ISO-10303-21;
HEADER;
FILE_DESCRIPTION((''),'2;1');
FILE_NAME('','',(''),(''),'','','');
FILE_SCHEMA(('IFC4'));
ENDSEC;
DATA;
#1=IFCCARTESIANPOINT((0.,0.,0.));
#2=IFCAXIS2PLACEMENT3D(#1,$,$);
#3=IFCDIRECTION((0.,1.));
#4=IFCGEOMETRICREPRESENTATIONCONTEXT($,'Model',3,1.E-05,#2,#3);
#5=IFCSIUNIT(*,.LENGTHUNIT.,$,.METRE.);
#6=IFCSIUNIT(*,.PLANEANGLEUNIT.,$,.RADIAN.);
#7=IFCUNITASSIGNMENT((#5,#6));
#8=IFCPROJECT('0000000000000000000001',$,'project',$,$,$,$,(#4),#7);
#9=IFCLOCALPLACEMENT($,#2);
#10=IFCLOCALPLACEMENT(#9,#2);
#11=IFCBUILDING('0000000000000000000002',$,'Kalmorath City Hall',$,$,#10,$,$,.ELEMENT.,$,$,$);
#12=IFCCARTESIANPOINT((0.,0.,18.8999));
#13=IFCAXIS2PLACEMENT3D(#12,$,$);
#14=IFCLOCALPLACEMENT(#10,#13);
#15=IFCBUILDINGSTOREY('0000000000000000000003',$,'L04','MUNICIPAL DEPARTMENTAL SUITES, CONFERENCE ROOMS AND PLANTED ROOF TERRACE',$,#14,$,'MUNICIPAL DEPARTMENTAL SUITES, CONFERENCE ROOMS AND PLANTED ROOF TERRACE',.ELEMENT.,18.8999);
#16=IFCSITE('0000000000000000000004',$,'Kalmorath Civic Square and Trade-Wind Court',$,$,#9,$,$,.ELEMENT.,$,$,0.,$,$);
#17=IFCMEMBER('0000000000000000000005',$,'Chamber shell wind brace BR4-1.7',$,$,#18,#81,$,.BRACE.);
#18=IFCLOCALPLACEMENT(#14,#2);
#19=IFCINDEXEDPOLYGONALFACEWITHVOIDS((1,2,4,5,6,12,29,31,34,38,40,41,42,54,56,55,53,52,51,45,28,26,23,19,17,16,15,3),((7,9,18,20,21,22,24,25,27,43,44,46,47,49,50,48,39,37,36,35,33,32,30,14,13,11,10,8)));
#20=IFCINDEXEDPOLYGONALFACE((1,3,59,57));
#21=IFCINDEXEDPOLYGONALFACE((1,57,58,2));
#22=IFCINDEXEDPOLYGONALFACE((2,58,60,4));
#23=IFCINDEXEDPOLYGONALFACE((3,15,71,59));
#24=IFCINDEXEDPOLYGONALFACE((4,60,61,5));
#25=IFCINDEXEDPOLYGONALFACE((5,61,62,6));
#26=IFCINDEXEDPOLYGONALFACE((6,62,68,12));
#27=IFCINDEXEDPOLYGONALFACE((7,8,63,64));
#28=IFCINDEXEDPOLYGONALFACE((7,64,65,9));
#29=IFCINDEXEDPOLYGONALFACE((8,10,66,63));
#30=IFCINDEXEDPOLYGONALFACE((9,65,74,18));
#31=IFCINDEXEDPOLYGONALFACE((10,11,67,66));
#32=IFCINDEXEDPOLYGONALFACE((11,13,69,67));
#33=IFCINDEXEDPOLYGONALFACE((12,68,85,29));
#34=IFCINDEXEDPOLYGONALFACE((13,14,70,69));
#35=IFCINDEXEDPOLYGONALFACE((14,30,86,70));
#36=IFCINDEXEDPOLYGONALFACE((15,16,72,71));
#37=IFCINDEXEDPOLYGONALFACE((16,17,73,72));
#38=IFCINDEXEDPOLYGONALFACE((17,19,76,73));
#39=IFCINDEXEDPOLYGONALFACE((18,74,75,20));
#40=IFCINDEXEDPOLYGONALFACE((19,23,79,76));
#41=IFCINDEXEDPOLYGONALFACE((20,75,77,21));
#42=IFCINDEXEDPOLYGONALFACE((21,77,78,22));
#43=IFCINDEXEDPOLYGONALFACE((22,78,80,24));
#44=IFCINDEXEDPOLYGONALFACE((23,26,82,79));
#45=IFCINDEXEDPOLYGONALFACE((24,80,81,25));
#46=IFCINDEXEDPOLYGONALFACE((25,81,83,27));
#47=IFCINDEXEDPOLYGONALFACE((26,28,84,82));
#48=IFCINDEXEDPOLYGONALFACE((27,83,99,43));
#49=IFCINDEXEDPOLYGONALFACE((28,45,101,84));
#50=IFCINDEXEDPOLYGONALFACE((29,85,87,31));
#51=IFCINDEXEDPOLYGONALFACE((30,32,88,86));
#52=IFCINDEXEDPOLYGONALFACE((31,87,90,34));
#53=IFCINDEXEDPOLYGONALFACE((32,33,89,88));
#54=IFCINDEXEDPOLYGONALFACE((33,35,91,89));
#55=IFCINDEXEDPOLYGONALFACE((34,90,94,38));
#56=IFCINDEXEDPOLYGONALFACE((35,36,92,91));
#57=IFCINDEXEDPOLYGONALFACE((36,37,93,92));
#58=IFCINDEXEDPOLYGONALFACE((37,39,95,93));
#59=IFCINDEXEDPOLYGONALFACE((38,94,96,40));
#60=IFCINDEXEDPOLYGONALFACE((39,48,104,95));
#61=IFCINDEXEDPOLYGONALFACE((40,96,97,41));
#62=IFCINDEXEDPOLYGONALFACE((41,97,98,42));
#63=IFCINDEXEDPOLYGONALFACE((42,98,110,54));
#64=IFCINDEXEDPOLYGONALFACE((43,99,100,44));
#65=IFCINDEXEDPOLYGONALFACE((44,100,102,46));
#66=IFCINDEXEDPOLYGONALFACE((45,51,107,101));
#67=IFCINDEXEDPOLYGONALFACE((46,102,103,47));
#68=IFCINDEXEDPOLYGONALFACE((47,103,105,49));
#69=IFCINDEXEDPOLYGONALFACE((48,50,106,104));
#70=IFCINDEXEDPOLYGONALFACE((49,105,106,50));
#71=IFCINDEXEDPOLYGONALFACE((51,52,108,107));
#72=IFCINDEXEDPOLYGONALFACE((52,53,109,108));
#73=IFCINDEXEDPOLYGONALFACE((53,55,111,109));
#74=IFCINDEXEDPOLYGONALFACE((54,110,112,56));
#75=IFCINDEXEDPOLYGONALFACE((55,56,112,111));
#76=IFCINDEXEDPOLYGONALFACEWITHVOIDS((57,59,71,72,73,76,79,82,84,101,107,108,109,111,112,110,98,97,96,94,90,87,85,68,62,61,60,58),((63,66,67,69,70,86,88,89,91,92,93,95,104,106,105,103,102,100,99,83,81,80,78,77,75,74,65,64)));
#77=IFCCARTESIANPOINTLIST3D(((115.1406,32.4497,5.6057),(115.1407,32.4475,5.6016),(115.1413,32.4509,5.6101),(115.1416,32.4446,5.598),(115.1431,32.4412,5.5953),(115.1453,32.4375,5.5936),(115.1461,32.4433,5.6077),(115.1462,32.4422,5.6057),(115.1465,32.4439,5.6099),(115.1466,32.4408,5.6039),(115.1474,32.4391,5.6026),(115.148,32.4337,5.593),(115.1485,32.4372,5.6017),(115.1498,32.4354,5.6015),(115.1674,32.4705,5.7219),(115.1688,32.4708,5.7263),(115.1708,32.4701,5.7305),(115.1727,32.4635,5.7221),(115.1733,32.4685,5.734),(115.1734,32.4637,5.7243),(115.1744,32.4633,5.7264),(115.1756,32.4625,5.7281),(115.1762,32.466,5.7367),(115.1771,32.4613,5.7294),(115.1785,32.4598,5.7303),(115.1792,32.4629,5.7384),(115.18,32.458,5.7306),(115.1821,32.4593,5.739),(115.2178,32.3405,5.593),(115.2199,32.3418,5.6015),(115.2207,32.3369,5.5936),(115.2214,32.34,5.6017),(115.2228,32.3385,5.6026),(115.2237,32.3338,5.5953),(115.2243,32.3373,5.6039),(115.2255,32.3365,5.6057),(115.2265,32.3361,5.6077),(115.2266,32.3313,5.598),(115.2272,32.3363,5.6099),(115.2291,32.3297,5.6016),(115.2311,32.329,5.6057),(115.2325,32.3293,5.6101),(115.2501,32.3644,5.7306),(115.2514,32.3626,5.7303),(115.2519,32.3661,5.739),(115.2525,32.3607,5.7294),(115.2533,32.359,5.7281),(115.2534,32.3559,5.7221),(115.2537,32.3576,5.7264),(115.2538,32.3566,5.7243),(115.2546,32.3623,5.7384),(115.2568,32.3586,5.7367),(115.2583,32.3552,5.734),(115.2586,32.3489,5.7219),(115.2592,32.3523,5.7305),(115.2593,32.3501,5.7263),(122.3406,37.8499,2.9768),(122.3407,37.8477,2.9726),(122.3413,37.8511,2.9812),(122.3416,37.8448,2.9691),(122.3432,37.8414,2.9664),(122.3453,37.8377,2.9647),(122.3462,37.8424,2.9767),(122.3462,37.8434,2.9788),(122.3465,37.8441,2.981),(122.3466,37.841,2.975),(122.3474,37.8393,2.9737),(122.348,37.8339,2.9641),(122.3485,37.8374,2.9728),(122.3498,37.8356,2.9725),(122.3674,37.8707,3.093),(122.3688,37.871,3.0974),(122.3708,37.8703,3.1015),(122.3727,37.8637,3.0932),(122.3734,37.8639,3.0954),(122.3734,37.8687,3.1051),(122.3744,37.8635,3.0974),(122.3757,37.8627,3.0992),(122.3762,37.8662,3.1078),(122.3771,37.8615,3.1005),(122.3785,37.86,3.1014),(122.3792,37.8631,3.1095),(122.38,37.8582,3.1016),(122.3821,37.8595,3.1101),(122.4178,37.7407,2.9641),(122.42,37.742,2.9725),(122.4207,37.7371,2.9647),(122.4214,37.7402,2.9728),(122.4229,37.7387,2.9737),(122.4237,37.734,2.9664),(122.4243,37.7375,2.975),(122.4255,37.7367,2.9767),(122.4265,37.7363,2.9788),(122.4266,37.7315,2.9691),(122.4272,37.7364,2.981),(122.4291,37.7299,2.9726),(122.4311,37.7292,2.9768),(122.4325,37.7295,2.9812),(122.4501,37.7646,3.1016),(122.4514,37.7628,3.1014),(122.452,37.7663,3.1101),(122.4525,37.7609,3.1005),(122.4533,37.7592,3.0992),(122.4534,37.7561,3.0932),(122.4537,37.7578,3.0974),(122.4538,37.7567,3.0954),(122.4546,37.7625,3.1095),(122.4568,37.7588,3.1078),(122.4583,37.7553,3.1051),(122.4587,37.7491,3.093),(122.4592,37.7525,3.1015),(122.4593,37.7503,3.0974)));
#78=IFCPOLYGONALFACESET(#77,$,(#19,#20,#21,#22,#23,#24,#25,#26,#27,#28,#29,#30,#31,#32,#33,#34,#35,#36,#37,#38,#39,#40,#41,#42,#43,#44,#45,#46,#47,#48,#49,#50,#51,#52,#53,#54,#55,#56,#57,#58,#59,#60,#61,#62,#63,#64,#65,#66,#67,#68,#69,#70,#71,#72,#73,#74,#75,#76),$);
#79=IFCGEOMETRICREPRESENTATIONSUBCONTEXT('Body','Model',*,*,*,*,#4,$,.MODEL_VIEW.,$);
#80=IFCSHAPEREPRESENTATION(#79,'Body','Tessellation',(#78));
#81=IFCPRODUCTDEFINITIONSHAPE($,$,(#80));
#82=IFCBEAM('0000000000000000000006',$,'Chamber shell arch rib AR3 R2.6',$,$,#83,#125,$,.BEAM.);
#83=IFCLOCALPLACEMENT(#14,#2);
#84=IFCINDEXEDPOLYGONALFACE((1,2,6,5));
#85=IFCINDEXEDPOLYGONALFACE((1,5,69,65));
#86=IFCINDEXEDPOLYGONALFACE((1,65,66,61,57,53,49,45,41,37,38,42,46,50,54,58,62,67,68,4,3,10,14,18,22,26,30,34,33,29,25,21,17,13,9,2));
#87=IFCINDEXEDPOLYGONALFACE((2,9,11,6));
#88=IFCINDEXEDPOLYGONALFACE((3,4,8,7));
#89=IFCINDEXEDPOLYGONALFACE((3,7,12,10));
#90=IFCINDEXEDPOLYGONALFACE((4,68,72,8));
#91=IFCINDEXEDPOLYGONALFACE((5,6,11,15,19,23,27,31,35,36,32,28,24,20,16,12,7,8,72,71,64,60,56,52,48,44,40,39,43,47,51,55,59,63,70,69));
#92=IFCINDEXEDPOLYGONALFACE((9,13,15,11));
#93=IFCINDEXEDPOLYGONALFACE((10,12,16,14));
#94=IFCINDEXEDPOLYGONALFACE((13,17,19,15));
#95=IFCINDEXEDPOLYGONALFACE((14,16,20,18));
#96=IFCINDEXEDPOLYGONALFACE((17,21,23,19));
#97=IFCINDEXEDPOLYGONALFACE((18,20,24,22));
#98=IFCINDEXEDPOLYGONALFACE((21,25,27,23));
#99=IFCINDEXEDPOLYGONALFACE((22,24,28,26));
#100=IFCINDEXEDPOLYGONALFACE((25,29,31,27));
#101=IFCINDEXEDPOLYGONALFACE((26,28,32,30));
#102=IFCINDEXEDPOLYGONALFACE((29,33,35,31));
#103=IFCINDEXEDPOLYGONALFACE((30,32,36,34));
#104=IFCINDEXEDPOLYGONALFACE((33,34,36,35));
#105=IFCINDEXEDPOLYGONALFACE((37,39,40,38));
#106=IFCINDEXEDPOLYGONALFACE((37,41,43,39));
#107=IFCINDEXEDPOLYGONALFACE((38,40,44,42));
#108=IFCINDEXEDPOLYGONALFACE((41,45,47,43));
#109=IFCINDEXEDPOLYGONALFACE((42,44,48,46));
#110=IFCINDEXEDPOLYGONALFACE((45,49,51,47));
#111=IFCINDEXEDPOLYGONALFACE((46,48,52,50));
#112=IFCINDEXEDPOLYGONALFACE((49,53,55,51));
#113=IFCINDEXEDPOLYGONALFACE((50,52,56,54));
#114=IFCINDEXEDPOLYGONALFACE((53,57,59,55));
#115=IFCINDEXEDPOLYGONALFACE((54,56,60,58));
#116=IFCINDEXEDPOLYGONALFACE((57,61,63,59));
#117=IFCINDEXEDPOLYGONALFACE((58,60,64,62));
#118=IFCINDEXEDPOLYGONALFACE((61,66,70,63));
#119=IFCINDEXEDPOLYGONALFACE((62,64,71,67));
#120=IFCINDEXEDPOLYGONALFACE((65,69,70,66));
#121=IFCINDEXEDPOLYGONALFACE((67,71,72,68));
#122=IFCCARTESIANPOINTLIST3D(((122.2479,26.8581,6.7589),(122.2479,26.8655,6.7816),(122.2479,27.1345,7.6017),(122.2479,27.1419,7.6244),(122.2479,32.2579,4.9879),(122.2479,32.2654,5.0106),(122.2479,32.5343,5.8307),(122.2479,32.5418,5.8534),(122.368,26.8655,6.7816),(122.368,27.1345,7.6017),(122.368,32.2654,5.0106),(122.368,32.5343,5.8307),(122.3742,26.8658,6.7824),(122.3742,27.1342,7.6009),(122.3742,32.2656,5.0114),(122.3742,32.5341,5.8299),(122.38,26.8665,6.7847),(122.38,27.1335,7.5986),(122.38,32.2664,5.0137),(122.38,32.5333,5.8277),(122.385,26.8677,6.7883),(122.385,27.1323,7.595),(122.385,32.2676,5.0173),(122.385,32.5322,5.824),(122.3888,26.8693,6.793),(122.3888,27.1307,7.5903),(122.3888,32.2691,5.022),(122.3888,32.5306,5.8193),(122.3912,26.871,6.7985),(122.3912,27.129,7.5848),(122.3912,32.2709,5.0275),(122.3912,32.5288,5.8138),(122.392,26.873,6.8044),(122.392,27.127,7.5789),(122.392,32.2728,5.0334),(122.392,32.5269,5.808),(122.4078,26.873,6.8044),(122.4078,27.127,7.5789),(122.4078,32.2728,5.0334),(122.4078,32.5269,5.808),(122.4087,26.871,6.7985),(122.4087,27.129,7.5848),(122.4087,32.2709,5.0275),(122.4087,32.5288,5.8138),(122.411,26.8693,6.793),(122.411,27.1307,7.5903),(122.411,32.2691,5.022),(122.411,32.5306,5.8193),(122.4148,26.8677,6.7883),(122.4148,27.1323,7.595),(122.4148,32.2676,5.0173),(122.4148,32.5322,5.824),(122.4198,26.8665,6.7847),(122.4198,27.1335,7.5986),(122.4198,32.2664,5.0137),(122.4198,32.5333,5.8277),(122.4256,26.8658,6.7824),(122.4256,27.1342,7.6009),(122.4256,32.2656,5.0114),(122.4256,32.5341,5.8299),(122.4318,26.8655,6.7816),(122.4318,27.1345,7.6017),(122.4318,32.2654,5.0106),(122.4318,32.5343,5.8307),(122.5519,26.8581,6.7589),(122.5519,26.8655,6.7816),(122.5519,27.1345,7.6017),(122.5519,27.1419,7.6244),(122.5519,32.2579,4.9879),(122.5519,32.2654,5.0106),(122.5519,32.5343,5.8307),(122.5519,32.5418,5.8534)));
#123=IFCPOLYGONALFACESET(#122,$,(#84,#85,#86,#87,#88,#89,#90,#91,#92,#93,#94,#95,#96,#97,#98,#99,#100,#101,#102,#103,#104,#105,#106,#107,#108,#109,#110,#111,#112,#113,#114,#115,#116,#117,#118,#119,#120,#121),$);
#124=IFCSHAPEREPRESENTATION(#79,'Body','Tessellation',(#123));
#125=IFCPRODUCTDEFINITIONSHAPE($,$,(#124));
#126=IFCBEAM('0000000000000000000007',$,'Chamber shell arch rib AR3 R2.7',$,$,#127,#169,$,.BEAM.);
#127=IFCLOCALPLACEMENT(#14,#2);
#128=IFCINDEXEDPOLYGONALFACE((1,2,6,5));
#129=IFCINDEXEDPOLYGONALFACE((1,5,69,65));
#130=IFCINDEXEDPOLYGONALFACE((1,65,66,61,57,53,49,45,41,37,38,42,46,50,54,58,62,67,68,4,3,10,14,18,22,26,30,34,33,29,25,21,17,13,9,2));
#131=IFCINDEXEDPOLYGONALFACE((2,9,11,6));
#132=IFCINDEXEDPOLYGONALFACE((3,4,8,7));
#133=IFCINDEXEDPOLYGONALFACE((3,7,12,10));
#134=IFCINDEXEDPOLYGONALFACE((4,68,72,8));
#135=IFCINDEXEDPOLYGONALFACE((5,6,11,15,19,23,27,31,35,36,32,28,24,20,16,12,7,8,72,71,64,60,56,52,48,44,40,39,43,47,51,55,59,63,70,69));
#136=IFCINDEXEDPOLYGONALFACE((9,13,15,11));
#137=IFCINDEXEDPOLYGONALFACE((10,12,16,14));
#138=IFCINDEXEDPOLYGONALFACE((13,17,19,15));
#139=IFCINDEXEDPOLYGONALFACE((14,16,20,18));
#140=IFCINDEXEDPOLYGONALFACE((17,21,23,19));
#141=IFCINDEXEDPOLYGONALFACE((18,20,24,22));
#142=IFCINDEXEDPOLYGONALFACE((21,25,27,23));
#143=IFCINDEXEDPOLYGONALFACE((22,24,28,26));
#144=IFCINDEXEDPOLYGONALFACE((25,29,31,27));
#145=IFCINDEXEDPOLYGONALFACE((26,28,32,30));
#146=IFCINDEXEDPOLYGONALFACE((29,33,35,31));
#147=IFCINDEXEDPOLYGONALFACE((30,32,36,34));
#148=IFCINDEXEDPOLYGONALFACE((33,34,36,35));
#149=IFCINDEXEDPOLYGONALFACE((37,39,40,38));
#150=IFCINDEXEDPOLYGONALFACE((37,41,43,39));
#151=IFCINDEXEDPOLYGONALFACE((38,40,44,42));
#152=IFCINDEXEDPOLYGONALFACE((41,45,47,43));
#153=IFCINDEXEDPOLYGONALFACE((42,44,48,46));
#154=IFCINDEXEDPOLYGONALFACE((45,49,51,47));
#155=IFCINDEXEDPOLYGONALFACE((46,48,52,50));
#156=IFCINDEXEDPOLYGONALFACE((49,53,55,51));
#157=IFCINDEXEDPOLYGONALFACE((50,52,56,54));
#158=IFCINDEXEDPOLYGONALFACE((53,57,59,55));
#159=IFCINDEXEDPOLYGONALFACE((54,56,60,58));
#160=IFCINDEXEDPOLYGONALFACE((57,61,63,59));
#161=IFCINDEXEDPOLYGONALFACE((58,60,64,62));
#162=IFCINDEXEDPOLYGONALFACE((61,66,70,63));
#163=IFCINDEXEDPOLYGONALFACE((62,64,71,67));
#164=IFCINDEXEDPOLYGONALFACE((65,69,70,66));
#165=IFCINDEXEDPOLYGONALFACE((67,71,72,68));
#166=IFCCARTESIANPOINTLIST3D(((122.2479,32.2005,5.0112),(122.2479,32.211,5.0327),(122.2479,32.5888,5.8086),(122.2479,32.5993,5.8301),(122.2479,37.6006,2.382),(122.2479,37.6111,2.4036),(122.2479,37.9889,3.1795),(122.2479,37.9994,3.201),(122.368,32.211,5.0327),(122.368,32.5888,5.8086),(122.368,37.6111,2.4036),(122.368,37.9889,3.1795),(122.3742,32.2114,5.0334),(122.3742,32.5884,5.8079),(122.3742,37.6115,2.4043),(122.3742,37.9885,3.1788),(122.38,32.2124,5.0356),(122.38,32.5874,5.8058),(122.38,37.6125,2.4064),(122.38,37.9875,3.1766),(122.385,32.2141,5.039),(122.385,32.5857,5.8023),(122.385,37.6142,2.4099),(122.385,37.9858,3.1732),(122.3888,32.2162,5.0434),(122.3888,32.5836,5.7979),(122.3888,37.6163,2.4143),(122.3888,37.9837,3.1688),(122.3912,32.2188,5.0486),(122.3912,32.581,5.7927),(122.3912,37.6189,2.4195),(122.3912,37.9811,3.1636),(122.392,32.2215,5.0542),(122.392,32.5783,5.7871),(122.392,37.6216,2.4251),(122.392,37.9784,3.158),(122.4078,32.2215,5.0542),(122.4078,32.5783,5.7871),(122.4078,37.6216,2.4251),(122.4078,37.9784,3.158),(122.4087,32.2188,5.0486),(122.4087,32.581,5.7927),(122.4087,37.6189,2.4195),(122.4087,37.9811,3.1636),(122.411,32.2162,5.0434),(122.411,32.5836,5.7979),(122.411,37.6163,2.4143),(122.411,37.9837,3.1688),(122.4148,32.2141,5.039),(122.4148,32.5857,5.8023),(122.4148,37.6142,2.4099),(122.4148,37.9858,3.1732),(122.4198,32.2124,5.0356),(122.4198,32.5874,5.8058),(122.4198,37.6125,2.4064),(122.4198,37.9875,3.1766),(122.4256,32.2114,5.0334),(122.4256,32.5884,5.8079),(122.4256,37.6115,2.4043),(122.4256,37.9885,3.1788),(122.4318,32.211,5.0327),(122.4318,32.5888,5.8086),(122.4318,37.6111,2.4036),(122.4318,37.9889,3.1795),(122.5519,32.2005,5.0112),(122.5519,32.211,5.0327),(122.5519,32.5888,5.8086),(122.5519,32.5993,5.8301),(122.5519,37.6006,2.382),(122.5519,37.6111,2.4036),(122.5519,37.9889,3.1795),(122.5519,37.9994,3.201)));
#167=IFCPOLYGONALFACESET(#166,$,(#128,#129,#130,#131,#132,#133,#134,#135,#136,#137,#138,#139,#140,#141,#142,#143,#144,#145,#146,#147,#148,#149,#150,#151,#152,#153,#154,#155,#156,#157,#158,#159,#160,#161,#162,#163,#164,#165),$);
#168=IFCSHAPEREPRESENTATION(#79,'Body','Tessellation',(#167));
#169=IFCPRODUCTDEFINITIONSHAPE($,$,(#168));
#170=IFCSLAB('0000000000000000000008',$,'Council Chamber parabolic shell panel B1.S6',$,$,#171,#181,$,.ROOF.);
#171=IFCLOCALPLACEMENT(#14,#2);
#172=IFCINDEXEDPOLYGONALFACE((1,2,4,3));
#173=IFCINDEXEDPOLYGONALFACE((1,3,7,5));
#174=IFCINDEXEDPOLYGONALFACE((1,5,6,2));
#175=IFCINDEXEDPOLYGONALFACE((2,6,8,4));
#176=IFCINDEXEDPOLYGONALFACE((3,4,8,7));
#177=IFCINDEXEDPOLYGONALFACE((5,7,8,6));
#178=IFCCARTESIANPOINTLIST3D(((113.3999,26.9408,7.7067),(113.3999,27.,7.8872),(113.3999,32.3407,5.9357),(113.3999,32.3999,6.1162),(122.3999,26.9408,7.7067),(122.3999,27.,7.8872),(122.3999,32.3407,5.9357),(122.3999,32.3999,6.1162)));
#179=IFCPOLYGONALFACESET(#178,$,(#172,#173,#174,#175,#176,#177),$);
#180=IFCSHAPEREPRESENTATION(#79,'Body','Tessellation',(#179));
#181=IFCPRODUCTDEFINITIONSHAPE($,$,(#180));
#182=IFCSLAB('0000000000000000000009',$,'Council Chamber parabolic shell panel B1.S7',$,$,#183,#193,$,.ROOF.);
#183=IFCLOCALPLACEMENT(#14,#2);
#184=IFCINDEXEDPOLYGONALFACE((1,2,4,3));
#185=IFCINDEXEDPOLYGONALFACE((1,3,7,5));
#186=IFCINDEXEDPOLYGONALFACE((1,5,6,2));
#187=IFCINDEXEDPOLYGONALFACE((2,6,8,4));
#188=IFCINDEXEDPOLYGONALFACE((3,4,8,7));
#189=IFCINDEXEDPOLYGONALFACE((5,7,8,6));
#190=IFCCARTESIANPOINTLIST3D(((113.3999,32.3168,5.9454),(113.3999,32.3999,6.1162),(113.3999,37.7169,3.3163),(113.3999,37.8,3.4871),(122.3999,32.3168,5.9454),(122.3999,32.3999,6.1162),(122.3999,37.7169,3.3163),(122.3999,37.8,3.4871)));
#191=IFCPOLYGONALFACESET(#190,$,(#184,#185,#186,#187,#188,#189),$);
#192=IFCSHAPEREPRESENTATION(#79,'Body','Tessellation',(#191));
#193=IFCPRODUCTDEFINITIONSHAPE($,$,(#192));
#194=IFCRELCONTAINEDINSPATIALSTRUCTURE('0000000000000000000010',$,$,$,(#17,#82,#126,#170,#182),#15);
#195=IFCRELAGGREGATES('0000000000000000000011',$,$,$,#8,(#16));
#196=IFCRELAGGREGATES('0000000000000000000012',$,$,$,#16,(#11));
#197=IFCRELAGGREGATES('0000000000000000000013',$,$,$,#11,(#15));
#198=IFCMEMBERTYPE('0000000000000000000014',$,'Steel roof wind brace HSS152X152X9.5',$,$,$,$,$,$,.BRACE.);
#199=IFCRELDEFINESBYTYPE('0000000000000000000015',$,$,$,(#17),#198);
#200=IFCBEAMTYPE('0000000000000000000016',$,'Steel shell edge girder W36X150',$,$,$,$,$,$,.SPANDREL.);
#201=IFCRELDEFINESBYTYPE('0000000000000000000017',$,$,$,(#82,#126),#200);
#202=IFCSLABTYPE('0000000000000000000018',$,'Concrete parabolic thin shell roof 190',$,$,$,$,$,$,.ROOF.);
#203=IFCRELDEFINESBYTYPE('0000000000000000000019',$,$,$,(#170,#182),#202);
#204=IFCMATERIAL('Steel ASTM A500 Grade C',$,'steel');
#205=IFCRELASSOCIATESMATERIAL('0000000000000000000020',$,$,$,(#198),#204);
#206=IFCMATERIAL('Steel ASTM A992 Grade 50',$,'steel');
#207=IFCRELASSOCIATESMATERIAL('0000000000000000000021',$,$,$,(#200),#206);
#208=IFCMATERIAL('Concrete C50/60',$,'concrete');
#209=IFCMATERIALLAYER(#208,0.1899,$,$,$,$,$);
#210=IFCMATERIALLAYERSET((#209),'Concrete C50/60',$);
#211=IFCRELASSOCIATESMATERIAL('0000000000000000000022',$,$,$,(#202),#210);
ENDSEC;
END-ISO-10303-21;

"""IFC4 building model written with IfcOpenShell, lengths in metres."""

from ifc_helpers import new_model, si_unit, direction, frame, origin, origin_2d, place, context, subcontext, project, spatial, polyline, hollow_rectangle, i_section, outline, extrude, material, layer, layer_set, material_profile, profile_set, type_object, element, save


model = new_model("IFC4")

# Units and contexts
model_context = context("Model", 3, precision=1e-05, world=origin(), true_north=direction((0.0, 1.0)))
body_context = subcontext(model_context, "Body", "Model", "MODEL_VIEW")
ifc_project = project(units=[si_unit("LENGTHUNIT", "METRE"), si_unit("PLANEANGLEUNIT", "RADIAN")], contexts=[model_context])

# Site, building, storey
site_placement = place(None, origin())
site = spatial("IfcSite", under=ifc_project, at=site_placement, Name="Kalmorath Civic Square and Trade-Wind Court", CompositionType="ELEMENT", RefElevation=0.0)
building_placement = place(site_placement, origin())
building = spatial("IfcBuilding", under=site, at=building_placement, Name="Kalmorath City Hall", CompositionType="ELEMENT")
storey_placement = place(building_placement, frame((0.0, 0.0, 18.8999)))
storey = spatial("IfcBuildingStorey", under=building, at=storey_placement, Name="L04", Description="MUNICIPAL DEPARTMENTAL SUITES, CONFERENCE ROOMS AND PLANTED ROOF TERRACE", LongName="MUNICIPAL DEPARTMENTAL SUITES, CONFERENCE ROOMS AND PLANTED ROOF TERRACE", CompositionType="ELEMENT", Elevation=18.8999)

# Member
ifc_material_1 = material(Name="Steel ASTM A500 Grade C", Category="steel")
ifc_material_profile_1 = material_profile(ifc_material_1, hollow_rectangle(XDim=0.1521, YDim=0.1521, WallThickness=0.0088, InnerFilletRadius=0.0088, OuterFilletRadius=0.0178, at=origin_2d()), Name="HSS152X152X9.5")
ifc_profile_set_1 = profile_set([ifc_material_profile_1], Name="Steel ASTM A500 Grade C")
member_type_1 = type_object("IfcMemberType", Name="Steel roof wind brace HSS152X152X9.5", PredefinedType="BRACE", material=ifc_profile_set_1)
member_1_placement = place(storey_placement, frame((115.2, 32.3999, 5.666), z_axis=(0.767901, 0.575946, -0.280383), x_axis=(-0.600013, 0.79999, 0.0)))
element("IfcMember", 1, at=member_1_placement, inside=storey, type_object=member_type_1, Name="Chamber shell wind brace BR4-1.7", PredefinedType="BRACE", context=body_context, shape_type="SweptSolid", body=[
    extrude(hollow_rectangle(XDim=0.1521, YDim=0.1521, WallThickness=0.0088, InnerFilletRadius=0.0088, OuterFilletRadius=0.0178, at=origin_2d()), origin(), (0.0, 0.0, 1.0), 9.3762),
])

# Beams
ifc_material_2 = material(Name="Steel ASTM A992 Grade 50", Category="steel")
ifc_material_profile_2 = material_profile(ifc_material_2, i_section(OverallWidth=0.304, OverallDepth=0.9109, WebThickness=0.0159, FlangeThickness=0.0239, FilletRadius=0.0239, at=origin_2d()), Name="W36X150")
ifc_profile_set_2 = profile_set([ifc_material_profile_2], Name="Steel ASTM A992 Grade 50")
beam_type_1 = type_object("IfcBeamType", Name="Steel shell edge girder W36X150", PredefinedType="SPANDREL", material=ifc_profile_set_2)
beam_1_placement = place(storey_placement, frame((122.3999, 27.0, 7.1917), z_axis=(0.0, 0.950202, -0.311636), x_axis=(-1.0, 0.0, 0.0)))
element("IfcBeam", 2, at=beam_1_placement, inside=storey, type_object=beam_type_1, Name="Chamber shell arch rib AR3 R2.6", PredefinedType="BEAM", context=body_context, shape_type="SweptSolid", body=[
    extrude(i_section(OverallWidth=0.304, OverallDepth=0.9109, WebThickness=0.0159, FlangeThickness=0.0239, FilletRadius=0.0239, at=origin_2d()), origin(), (0.0, 0.0, 1.0), 5.6829),
])
beam_2_placement = place(storey_placement, frame((122.3999, 32.3999, 5.4207), z_axis=(0.0, 0.899101, -0.437742), x_axis=(-1.0, 0.0, 0.0)))
element("IfcBeam", 3, at=beam_2_placement, inside=storey, type_object=beam_type_1, Name="Chamber shell arch rib AR3 R2.7", PredefinedType="BEAM", context=body_context, shape_type="SweptSolid", body=[
    extrude(i_section(OverallWidth=0.304, OverallDepth=0.9109, WebThickness=0.0159, FlangeThickness=0.0239, FilletRadius=0.0239, at=origin_2d()), origin(), (0.0, 0.0, 1.0), 6.0061),
])

# Slabs
ifc_material_3 = material(Name="Concrete C50/60", Category="concrete")
ifc_layer = layer(ifc_material_3, 0.1899)
ifc_layer_set = layer_set([ifc_layer], Name="Concrete C50/60")
slab_type = type_object("IfcSlabType", Name="Concrete parabolic thin shell roof 190", PredefinedType="ROOF", material=ifc_layer_set)
slab_1_placement = place(storey_placement, frame((113.3999, 27.0, 7.8872), z_axis=(0.0, 0.311636, 0.950202), x_axis=(1.0, 0.0, 0.0)))
element("IfcSlab", 4, at=slab_1_placement, inside=storey, type_object=slab_type, Name="Council Chamber parabolic shell panel B1.S6", PredefinedType="ROOF", context=body_context, shape_type="SweptSolid", body=[
    extrude(outline(polyline([(0.0, 0.0), (9.0, 0.0), (9.0, 5.6829), (0.0, 5.6829), (0.0, 0.0)])), origin(), (0.0, 0.0, -1.0), 0.1899),
])
slab_2_placement = place(storey_placement, frame((113.3999, 32.3999, 6.1162), z_axis=(0.0, 0.437742, 0.899101), x_axis=(1.0, 0.0, 0.0)))
element("IfcSlab", 5, at=slab_2_placement, inside=storey, type_object=slab_type, Name="Council Chamber parabolic shell panel B1.S7", PredefinedType="ROOF", context=body_context, shape_type="SweptSolid", body=[
    extrude(outline(polyline([(0.0, 0.0), (9.0, 0.0), (9.0, 6.0062), (0.0, 6.0062), (0.0, 0.0)])), origin(), (0.0, 0.0, -1.0), 0.1899),
])

save(model, "model.ifc")
